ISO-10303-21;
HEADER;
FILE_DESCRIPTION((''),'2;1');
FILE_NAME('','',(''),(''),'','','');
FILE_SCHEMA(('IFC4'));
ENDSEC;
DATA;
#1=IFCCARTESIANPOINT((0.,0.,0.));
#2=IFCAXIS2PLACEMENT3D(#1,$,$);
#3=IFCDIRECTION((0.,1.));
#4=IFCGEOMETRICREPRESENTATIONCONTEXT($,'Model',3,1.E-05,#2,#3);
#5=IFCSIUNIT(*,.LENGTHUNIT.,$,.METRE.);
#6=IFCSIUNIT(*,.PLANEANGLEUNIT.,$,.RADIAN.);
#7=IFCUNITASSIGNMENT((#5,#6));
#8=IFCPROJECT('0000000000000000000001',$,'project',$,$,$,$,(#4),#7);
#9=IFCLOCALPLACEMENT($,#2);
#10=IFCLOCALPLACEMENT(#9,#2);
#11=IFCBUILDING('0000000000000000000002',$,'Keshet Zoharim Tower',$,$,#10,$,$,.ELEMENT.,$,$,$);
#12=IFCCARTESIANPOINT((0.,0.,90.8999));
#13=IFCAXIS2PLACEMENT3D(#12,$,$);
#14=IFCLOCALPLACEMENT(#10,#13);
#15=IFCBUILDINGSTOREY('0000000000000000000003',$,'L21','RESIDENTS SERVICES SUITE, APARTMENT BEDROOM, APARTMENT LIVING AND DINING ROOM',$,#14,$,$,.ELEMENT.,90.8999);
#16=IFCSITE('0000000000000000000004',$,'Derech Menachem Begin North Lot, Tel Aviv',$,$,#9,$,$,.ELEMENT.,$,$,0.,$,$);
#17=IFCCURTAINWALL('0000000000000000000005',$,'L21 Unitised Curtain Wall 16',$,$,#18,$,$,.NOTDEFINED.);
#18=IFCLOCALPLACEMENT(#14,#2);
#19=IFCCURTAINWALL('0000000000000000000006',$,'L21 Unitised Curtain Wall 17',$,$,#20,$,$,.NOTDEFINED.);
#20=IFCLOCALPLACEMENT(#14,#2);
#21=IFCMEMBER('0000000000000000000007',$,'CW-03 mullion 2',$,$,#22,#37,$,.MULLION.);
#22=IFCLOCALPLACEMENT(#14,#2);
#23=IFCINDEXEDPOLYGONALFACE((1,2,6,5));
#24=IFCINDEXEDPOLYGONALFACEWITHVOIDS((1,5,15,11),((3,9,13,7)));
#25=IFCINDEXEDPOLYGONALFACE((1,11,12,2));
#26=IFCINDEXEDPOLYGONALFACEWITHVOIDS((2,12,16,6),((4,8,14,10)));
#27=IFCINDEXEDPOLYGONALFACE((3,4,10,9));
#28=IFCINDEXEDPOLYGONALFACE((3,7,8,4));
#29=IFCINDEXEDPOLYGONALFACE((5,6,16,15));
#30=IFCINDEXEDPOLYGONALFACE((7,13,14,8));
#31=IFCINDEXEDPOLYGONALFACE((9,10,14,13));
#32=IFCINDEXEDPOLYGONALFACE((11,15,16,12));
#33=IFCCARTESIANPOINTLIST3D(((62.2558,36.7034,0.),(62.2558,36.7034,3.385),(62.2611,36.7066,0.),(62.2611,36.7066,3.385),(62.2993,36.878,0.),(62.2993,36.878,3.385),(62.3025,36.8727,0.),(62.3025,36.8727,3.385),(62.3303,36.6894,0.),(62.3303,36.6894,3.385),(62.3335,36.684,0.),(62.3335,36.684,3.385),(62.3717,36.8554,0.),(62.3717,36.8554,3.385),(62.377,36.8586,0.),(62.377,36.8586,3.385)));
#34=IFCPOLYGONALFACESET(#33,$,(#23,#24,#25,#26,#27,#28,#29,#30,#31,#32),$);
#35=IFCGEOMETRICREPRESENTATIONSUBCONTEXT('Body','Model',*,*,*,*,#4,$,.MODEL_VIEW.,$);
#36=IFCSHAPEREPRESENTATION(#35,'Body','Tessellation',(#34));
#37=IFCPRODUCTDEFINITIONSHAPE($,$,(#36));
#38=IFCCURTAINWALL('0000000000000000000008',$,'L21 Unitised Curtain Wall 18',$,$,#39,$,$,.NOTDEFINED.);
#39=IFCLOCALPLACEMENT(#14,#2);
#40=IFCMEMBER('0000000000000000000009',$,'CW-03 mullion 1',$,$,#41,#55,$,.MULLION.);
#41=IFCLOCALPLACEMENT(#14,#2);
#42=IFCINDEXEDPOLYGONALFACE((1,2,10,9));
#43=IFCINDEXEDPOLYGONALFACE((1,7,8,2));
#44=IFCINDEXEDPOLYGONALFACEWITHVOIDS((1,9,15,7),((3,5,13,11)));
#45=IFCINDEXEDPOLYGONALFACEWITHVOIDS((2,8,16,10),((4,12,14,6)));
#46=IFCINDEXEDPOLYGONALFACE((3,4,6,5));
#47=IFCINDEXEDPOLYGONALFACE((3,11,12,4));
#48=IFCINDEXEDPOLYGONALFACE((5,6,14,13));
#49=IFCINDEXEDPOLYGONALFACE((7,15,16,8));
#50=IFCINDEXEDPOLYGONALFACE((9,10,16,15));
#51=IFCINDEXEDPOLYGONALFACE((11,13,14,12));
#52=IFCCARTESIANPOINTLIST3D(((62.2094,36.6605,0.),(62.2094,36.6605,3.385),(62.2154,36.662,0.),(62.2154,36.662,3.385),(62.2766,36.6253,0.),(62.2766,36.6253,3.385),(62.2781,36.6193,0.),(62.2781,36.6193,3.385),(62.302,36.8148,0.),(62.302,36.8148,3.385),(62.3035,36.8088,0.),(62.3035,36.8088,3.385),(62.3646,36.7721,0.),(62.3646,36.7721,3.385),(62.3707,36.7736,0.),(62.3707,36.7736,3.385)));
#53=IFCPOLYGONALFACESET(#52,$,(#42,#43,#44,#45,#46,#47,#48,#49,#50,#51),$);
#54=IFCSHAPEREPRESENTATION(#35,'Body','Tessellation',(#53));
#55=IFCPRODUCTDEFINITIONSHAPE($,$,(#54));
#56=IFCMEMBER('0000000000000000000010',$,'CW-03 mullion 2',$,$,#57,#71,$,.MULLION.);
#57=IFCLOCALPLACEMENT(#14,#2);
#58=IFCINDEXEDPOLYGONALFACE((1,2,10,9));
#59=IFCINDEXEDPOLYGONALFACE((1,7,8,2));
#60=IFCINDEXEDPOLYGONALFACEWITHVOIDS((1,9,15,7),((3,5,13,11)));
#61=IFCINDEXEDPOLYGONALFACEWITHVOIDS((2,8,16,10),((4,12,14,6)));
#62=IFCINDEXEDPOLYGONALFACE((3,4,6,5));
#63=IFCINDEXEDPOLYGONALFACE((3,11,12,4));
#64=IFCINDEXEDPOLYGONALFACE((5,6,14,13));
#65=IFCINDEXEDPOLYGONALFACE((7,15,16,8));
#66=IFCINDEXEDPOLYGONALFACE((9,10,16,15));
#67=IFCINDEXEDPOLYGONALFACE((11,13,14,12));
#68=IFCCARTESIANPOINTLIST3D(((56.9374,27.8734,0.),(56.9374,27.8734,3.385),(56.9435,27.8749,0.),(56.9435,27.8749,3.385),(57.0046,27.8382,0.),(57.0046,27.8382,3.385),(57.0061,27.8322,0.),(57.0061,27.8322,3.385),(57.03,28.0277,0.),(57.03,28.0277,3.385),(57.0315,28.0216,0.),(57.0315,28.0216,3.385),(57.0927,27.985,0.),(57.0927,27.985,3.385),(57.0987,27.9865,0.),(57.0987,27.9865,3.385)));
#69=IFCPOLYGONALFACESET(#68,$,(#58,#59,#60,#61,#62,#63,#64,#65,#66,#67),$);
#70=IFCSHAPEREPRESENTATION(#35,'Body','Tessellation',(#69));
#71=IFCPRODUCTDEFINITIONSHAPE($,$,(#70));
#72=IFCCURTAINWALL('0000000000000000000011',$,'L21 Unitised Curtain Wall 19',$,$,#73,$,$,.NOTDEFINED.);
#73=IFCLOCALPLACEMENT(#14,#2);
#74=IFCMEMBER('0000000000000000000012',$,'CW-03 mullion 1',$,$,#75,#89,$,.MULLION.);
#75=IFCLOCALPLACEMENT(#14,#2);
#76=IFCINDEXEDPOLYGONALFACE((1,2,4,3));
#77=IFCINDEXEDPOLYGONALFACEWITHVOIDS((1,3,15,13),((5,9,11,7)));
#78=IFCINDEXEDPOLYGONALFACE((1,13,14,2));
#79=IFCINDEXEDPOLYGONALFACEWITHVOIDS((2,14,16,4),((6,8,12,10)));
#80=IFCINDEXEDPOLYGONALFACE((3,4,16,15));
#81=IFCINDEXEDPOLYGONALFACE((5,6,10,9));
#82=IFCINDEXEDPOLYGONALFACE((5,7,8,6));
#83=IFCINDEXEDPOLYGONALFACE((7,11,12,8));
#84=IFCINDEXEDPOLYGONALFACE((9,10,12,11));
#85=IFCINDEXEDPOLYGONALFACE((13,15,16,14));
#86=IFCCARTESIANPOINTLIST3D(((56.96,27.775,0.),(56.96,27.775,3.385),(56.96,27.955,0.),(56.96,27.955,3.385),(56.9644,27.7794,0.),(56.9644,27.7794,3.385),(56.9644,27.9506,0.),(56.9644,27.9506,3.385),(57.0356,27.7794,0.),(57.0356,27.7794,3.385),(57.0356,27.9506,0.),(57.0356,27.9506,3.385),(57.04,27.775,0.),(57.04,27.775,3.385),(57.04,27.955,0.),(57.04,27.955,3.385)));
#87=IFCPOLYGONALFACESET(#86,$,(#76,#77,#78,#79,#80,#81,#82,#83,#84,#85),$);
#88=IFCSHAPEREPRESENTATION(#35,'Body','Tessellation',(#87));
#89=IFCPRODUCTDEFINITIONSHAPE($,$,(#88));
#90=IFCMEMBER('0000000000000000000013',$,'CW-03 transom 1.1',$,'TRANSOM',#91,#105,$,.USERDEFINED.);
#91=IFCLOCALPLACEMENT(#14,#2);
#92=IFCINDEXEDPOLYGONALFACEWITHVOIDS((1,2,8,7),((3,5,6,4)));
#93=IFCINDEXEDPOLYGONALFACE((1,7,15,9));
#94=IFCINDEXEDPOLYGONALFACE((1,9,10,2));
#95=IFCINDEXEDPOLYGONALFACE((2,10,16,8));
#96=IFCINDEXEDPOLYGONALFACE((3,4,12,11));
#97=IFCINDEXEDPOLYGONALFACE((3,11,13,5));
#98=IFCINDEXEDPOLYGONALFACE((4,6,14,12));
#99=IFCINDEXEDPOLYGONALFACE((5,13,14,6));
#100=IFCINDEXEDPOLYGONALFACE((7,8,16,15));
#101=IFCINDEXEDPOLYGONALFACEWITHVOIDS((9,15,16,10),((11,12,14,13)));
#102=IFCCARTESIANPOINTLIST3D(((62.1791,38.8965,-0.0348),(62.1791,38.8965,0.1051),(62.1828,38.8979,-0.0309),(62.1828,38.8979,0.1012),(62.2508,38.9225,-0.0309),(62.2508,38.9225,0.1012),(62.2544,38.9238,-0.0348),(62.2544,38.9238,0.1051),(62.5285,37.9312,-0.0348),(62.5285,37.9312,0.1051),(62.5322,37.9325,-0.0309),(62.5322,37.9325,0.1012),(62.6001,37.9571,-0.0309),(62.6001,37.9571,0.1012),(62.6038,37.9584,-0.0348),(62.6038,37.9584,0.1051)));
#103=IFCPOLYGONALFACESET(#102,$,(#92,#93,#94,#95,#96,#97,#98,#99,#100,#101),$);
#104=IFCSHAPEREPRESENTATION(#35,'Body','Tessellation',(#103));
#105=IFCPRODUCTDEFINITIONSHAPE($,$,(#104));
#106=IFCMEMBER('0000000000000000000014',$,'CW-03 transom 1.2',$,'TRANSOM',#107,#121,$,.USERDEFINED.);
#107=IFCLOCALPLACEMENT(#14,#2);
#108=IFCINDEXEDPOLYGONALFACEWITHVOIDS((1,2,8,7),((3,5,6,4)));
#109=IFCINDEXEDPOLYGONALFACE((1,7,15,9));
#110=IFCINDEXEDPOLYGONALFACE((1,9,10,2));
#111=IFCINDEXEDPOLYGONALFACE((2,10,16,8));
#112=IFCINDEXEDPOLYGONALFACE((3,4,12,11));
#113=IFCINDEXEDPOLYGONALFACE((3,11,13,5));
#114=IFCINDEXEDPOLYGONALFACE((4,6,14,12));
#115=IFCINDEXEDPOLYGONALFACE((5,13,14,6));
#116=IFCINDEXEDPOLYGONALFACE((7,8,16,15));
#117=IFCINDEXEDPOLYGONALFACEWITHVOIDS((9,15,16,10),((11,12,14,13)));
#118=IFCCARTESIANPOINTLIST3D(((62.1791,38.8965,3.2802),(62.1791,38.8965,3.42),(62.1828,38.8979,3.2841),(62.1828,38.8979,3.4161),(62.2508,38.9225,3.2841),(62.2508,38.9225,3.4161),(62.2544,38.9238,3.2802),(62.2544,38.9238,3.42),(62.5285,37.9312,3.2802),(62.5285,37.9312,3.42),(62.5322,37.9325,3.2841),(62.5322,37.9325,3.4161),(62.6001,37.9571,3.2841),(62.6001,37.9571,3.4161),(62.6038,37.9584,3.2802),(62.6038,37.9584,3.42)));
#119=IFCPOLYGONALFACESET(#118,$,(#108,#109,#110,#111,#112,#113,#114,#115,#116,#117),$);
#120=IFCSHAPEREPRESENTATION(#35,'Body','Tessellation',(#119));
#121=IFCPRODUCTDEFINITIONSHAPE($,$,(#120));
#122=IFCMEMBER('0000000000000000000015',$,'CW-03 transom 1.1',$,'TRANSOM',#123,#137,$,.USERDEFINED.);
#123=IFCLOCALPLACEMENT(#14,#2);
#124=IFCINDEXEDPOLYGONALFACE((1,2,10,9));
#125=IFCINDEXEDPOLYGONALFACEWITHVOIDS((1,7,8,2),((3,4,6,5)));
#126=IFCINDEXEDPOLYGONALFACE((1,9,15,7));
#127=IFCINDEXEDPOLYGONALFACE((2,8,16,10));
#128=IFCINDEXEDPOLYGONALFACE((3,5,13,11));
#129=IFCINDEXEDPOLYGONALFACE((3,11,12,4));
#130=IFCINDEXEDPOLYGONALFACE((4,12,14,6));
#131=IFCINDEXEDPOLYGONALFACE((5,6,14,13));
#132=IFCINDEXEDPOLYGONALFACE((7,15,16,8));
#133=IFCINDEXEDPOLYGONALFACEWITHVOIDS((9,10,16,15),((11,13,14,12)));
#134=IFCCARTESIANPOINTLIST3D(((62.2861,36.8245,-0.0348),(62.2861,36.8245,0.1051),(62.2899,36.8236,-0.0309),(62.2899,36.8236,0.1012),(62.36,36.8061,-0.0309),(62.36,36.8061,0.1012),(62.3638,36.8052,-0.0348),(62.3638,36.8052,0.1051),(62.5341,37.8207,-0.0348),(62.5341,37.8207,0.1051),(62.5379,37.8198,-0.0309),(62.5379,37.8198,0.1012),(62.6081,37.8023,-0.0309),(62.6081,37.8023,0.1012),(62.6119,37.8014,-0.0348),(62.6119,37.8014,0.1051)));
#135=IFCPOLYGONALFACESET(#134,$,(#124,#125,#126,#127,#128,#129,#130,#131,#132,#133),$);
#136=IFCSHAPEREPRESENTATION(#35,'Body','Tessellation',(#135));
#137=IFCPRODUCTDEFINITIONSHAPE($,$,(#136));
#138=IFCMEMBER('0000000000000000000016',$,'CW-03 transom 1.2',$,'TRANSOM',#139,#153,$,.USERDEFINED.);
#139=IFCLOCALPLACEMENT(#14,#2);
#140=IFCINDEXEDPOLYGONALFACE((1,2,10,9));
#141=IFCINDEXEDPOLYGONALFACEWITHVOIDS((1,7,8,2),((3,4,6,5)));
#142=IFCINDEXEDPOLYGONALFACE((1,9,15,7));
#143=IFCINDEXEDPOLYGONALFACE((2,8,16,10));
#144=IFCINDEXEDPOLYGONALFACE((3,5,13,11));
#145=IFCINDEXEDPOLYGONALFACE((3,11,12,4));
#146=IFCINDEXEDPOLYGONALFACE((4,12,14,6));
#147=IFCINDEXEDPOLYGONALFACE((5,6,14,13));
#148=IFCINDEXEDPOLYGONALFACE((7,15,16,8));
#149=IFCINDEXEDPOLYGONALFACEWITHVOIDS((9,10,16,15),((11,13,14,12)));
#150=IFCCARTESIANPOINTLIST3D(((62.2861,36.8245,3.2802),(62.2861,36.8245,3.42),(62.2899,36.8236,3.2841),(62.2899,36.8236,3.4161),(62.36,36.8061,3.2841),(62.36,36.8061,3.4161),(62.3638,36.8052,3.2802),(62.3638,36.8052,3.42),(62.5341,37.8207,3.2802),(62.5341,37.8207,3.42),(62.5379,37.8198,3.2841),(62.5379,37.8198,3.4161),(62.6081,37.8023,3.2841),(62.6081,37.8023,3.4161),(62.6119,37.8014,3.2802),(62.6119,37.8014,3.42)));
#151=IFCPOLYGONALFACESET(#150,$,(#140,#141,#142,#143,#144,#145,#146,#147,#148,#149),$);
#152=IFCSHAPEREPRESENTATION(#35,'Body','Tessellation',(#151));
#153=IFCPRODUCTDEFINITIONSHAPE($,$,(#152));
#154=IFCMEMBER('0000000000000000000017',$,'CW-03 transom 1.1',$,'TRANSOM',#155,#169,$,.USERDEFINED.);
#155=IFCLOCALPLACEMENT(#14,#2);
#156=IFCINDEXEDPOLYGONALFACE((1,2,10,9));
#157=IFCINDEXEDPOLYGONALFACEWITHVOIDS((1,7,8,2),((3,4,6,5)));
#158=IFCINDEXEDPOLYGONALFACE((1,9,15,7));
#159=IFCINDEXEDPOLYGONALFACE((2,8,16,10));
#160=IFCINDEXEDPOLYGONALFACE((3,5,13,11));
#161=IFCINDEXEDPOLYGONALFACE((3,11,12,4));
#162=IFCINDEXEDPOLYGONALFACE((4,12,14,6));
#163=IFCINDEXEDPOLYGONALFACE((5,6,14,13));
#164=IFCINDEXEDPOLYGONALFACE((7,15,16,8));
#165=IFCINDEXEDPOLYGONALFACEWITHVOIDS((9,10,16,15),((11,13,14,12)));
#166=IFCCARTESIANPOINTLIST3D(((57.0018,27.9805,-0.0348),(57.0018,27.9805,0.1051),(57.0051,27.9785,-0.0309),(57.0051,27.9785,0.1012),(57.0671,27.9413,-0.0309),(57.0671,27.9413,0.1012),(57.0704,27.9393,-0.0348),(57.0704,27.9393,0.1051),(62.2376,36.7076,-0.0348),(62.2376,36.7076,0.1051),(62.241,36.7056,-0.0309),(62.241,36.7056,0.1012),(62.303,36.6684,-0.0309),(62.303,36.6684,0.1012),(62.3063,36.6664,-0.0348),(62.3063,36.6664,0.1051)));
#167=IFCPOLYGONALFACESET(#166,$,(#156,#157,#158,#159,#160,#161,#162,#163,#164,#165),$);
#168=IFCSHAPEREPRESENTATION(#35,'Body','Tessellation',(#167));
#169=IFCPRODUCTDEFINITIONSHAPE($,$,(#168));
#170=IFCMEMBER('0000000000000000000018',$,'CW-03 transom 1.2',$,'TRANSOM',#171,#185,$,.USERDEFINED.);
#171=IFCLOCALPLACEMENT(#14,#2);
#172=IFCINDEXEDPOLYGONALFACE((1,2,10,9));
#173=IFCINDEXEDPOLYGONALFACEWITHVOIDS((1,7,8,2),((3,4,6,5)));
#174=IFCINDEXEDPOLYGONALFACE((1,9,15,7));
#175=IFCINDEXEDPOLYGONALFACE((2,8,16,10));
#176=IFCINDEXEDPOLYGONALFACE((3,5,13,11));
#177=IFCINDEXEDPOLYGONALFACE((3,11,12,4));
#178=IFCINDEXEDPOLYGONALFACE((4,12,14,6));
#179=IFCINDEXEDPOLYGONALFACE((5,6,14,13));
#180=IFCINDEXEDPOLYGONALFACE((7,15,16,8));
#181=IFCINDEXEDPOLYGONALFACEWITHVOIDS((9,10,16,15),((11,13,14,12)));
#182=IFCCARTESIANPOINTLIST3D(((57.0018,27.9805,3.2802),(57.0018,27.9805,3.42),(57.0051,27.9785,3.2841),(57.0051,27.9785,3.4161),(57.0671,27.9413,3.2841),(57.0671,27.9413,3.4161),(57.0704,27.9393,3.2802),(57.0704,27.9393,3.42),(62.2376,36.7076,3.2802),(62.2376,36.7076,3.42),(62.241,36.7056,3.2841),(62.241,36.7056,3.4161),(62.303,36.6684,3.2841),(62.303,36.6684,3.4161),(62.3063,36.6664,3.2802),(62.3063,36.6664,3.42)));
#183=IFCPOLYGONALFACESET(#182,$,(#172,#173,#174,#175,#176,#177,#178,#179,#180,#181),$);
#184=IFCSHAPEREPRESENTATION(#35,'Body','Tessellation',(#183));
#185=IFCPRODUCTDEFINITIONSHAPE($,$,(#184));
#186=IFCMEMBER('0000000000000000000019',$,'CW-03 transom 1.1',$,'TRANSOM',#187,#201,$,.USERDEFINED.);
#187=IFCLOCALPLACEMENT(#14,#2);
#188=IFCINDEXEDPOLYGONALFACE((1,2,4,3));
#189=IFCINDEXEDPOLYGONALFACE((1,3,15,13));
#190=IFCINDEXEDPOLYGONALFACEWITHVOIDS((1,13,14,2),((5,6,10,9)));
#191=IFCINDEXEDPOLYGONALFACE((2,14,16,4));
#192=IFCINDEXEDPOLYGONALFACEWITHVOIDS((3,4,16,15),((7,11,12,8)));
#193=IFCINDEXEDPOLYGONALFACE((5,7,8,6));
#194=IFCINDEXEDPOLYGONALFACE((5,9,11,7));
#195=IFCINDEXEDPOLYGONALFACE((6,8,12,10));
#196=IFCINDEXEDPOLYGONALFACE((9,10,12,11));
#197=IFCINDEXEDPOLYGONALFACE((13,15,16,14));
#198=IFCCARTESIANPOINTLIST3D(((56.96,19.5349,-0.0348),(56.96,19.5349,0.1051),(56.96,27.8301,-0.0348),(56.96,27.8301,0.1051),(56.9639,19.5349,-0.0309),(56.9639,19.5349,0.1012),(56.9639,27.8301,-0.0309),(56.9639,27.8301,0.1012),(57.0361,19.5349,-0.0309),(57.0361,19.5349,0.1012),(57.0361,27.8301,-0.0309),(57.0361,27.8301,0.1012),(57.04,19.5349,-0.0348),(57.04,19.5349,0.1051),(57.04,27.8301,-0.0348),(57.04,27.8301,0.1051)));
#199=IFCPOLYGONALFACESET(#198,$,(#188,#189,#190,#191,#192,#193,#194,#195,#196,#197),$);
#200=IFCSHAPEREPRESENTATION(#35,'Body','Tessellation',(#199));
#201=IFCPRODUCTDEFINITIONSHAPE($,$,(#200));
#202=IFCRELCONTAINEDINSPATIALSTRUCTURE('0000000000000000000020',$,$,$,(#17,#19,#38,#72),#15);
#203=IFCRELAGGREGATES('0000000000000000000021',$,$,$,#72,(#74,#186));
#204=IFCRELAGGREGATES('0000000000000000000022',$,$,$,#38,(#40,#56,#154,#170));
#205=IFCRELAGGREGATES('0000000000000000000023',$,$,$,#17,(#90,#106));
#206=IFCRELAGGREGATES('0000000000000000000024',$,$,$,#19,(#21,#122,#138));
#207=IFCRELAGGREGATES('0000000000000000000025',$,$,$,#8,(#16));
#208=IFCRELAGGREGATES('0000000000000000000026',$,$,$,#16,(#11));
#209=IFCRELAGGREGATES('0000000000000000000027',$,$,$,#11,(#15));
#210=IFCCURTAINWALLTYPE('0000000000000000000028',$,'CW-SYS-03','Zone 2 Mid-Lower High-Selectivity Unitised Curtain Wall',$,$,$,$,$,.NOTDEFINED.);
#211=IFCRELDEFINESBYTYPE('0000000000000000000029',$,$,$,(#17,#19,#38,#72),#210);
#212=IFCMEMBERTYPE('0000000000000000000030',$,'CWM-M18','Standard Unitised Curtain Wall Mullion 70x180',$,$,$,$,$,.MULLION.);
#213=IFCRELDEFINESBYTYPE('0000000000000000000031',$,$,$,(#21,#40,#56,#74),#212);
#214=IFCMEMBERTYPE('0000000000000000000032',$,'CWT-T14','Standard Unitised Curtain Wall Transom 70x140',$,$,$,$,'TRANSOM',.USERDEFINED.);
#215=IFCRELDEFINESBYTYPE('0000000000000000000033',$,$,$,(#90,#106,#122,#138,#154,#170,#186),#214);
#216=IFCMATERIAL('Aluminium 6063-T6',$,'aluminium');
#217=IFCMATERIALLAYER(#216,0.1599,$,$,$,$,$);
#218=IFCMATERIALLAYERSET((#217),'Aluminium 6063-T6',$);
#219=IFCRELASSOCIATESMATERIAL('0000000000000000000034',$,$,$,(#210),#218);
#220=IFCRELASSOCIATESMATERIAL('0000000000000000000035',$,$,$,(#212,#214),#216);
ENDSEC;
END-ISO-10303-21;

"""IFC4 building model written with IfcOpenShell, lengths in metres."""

from ifc_helpers import new_model, si_unit, direction, frame, origin, origin_2d, place, context, subcontext, project, spatial, hollow_rectangle, extrude, material, layer, layer_set, material_profile, profile_set, type_object, element, aggregate, save


model = new_model("IFC4")

# Units and contexts
model_context = context("Model", 3, precision=1e-05, world=origin(), true_north=direction((0.0, 1.0)))
body_context = subcontext(model_context, "Body", "Model", "MODEL_VIEW")
ifc_project = project(units=[si_unit("LENGTHUNIT", "METRE"), si_unit("PLANEANGLEUNIT", "RADIAN")], contexts=[model_context])

# Site, building, storey
site_placement = place(None, origin())
site = spatial("IfcSite", under=ifc_project, at=site_placement, Name="Derech Menachem Begin North Lot, Tel Aviv", CompositionType="ELEMENT", RefElevation=0.0)
building_placement = place(site_placement, origin())
building = spatial("IfcBuilding", under=site, at=building_placement, Name="Keshet Zoharim Tower", CompositionType="ELEMENT")
storey_placement = place(building_placement, frame((0.0, 0.0, 90.8999)))
storey = spatial("IfcBuildingStorey", under=building, at=storey_placement, Name="L21", Description="RESIDENTS SERVICES SUITE, APARTMENT BEDROOM, APARTMENT LIVING AND DINING ROOM", CompositionType="ELEMENT", Elevation=90.8999)

# Shared definitions
ifc_material_1 = material(Name="Aluminium 6063-T6", Category="aluminium")
ifc_layer_1 = layer(ifc_material_1, 0.1599)
ifc_layer_set_1 = layer_set([ifc_layer_1], Name="Aluminium 6063-T6")
curtain_wall_type = type_object("IfcCurtainWallType", Name="CW-SYS-03", Description="Zone 2 Mid-Lower High-Selectivity Unitised Curtain Wall", PredefinedType="NOTDEFINED", material=ifc_layer_set_1)
ifc_material_profile_1 = material_profile(ifc_material_1, hollow_rectangle(XDim=0.0801, YDim=0.1799, WallThickness=0.0044, at=origin_2d()), Name="MUL-80x180")
ifc_profile_set_1 = profile_set([ifc_material_profile_1], Name="Aluminium 6063-T6")
member_type_1 = type_object("IfcMemberType", Name="CWM-M18", Description="Standard Unitised Curtain Wall Mullion 70x180", PredefinedType="MULLION", material=ifc_profile_set_1)

# Curtain walls, members
curtain_wall_1_placement = place(storey_placement, origin())
curtain_wall_1 = element("IfcCurtainWall", 1, at=curtain_wall_1_placement, inside=storey, type_object=curtain_wall_type, Name="L21 Unitised Curtain Wall 16", PredefinedType="NOTDEFINED")
curtain_wall_2_placement = place(storey_placement, origin())
curtain_wall_2 = element("IfcCurtainWall", 2, at=curtain_wall_2_placement, inside=storey, type_object=curtain_wall_type, Name="L21 Unitised Curtain Wall 17", PredefinedType="NOTDEFINED")
member_1_placement = place(storey_placement, frame((62.3164, 36.781, 0.0), z_axis=(0.0, 0.0, 1.0), x_axis=(0.970344, -0.241729, 0.0)))
member_1 = element("IfcMember", 3, at=member_1_placement, type_object=member_type_1, Name="CW-03 mullion 2", PredefinedType="MULLION", context=body_context, shape_type="SweptSolid", body=[
    extrude(hollow_rectangle(XDim=0.0801, YDim=0.1799, WallThickness=0.0044, at=origin_2d()), origin(), (0.0, 0.0, 1.0), 3.385),
])
curtain_wall_3_placement = place(storey_placement, origin())
curtain_wall_3 = element("IfcCurtainWall", 4, at=curtain_wall_3_placement, inside=storey, type_object=curtain_wall_type, Name="L21 Unitised Curtain Wall 18", PredefinedType="NOTDEFINED")
member_2_placement = place(storey_placement, frame((62.29, 36.717, 0.0), z_axis=(0.0, 0.0, 1.0), x_axis=(0.857501, -0.514482, 0.0)))
member_2 = element("IfcMember", 5, at=member_2_placement, type_object=member_type_1, Name="CW-03 mullion 1", PredefinedType="MULLION", context=body_context, shape_type="SweptSolid", body=[
    extrude(hollow_rectangle(XDim=0.0801, YDim=0.1799, WallThickness=0.0044, at=origin_2d()), origin(), (0.0, 0.0, 1.0), 3.385),
])
member_3_placement = place(storey_placement, frame((57.0181, 27.9299, 0.0), z_axis=(0.0, 0.0, 1.0), x_axis=(0.857501, -0.514482, 0.0)))
member_3 = element("IfcMember", 6, at=member_3_placement, type_object=member_type_1, Name="CW-03 mullion 2", PredefinedType="MULLION", context=body_context, shape_type="SweptSolid", body=[
    extrude(hollow_rectangle(XDim=0.0801, YDim=0.1799, WallThickness=0.0044, at=origin_2d()), origin(), (0.0, 0.0, 1.0), 3.385),
])

# Curtain wall, member
curtain_wall_4_placement = place(storey_placement, origin())
curtain_wall_4 = element("IfcCurtainWall", 7, at=curtain_wall_4_placement, inside=storey, type_object=curtain_wall_type, Name="L21 Unitised Curtain Wall 19", PredefinedType="NOTDEFINED")
member_4_placement = place(storey_placement, frame((57.0, 27.865, 0.0), z_axis=(0.0, 0.0, 1.0), x_axis=(1.0, 0.0, 0.0)))
member_4 = element("IfcMember", 8, at=member_4_placement, type_object=member_type_1, Name="CW-03 mullion 1", PredefinedType="MULLION", context=body_context, shape_type="SweptSolid", body=[
    extrude(hollow_rectangle(XDim=0.0801, YDim=0.1799, WallThickness=0.0044, at=origin_2d()), origin(), (0.0, 0.0, 1.0), 3.385),
])

# Members
ifc_material_profile_2 = material_profile(ifc_material_1, hollow_rectangle(XDim=0.0801, YDim=0.1399, WallThickness=0.0039, at=origin_2d()), Name="TRN-80x140")
ifc_profile_set_2 = profile_set([ifc_material_profile_2], Name="Aluminium 6063-T6")
member_type_2 = type_object("IfcMemberType", Name="CWT-T14", Description="Standard Unitised Curtain Wall Transom 70x140", ElementType="TRANSOM", PredefinedType="USERDEFINED", material=ifc_profile_set_2)
member_5_placement = place(storey_placement, frame((62.2168, 38.9102, 0.0352), z_axis=(0.340311, -0.940313, 0.0), x_axis=(0.940313, 0.340311, 0.0)))
member_5 = element("IfcMember", 9, at=member_5_placement, type_object=member_type_2, Name="CW-03 transom 1.1", ObjectType="TRANSOM", PredefinedType="USERDEFINED", context=body_context, shape_type="SweptSolid", body=[
    extrude(hollow_rectangle(XDim=0.0801, YDim=0.1399, WallThickness=0.0039, at=origin_2d()), origin(), (0.0, 0.0, 1.0), 1.0266),
])
member_6_placement = place(storey_placement, frame((62.2168, 38.9102, 3.3501), z_axis=(0.340311, -0.940313, 0.0), x_axis=(0.940313, 0.340311, 0.0)))
member_6 = element("IfcMember", 10, at=member_6_placement, type_object=member_type_2, Name="CW-03 transom 1.2", ObjectType="TRANSOM", PredefinedType="USERDEFINED", context=body_context, shape_type="SweptSolid", body=[
    extrude(hollow_rectangle(XDim=0.0801, YDim=0.1399, WallThickness=0.0039, at=origin_2d()), origin(), (0.0, 0.0, 1.0), 1.0266),
])
member_7_placement = place(storey_placement, frame((62.573, 37.811, 0.0352), z_axis=(-0.24164, -0.970366, 0.0), x_axis=(0.970366, -0.24164, 0.0)))
member_7 = element("IfcMember", 11, at=member_7_placement, type_object=member_type_2, Name="CW-03 transom 1.1", ObjectType="TRANSOM", PredefinedType="USERDEFINED", context=body_context, shape_type="SweptSolid", body=[
    extrude(hollow_rectangle(XDim=0.0801, YDim=0.1399, WallThickness=0.0039, at=origin_2d()), origin(), (0.0, 0.0, 1.0), 1.0266),
])
member_8_placement = place(storey_placement, frame((62.573, 37.811, 3.3501), z_axis=(-0.24164, -0.970366, 0.0), x_axis=(0.970366, -0.24164, 0.0)))
member_8 = element("IfcMember", 12, at=member_8_placement, type_object=member_type_2, Name="CW-03 transom 1.2", ObjectType="TRANSOM", PredefinedType="USERDEFINED", context=body_context, shape_type="SweptSolid", body=[
    extrude(hollow_rectangle(XDim=0.0801, YDim=0.1399, WallThickness=0.0039, at=origin_2d()), origin(), (0.0, 0.0, 1.0), 1.0266),
])
member_9_placement = place(storey_placement, frame((62.272, 36.687, 0.0352), z_axis=(-0.514468, -0.85751, 0.0), x_axis=(0.85751, -0.514468, 0.0)))
member_9 = element("IfcMember", 13, at=member_9_placement, type_object=member_type_2, Name="CW-03 transom 1.1", ObjectType="TRANSOM", PredefinedType="USERDEFINED", context=body_context, shape_type="SweptSolid", body=[
    extrude(hollow_rectangle(XDim=0.0801, YDim=0.1399, WallThickness=0.0039, at=origin_2d()), origin(), (0.0, 0.0, 1.0), 10.1772),
])
member_10_placement = place(storey_placement, frame((62.272, 36.687, 3.3501), z_axis=(-0.514468, -0.85751, 0.0), x_axis=(0.85751, -0.514468, 0.0)))
member_10 = element("IfcMember", 14, at=member_10_placement, type_object=member_type_2, Name="CW-03 transom 1.2", ObjectType="TRANSOM", PredefinedType="USERDEFINED", context=body_context, shape_type="SweptSolid", body=[
    extrude(hollow_rectangle(XDim=0.0801, YDim=0.1399, WallThickness=0.0039, at=origin_2d()), origin(), (0.0, 0.0, 1.0), 10.1772),
])
member_11_placement = place(storey_placement, frame((57.0, 27.8301, 0.0352), z_axis=(0.0, -1.0, 0.0), x_axis=(1.0, 0.0, 0.0)))
member_11 = element("IfcMember", 15, at=member_11_placement, type_object=member_type_2, Name="CW-03 transom 1.1", ObjectType="TRANSOM", PredefinedType="USERDEFINED", context=body_context, shape_type="SweptSolid", body=[
    extrude(hollow_rectangle(XDim=0.0801, YDim=0.1399, WallThickness=0.0039, at=origin_2d()), origin(), (0.0, 0.0, 1.0), 8.2952),
])
aggregate(curtain_wall_4, [member_4, member_11])

aggregate(curtain_wall_3, [member_2, member_3, member_9, member_10])
aggregate(curtain_wall_1, [member_5, member_6])
aggregate(curtain_wall_2, [member_1, member_7, member_8])

save(model, "model.ifc")
